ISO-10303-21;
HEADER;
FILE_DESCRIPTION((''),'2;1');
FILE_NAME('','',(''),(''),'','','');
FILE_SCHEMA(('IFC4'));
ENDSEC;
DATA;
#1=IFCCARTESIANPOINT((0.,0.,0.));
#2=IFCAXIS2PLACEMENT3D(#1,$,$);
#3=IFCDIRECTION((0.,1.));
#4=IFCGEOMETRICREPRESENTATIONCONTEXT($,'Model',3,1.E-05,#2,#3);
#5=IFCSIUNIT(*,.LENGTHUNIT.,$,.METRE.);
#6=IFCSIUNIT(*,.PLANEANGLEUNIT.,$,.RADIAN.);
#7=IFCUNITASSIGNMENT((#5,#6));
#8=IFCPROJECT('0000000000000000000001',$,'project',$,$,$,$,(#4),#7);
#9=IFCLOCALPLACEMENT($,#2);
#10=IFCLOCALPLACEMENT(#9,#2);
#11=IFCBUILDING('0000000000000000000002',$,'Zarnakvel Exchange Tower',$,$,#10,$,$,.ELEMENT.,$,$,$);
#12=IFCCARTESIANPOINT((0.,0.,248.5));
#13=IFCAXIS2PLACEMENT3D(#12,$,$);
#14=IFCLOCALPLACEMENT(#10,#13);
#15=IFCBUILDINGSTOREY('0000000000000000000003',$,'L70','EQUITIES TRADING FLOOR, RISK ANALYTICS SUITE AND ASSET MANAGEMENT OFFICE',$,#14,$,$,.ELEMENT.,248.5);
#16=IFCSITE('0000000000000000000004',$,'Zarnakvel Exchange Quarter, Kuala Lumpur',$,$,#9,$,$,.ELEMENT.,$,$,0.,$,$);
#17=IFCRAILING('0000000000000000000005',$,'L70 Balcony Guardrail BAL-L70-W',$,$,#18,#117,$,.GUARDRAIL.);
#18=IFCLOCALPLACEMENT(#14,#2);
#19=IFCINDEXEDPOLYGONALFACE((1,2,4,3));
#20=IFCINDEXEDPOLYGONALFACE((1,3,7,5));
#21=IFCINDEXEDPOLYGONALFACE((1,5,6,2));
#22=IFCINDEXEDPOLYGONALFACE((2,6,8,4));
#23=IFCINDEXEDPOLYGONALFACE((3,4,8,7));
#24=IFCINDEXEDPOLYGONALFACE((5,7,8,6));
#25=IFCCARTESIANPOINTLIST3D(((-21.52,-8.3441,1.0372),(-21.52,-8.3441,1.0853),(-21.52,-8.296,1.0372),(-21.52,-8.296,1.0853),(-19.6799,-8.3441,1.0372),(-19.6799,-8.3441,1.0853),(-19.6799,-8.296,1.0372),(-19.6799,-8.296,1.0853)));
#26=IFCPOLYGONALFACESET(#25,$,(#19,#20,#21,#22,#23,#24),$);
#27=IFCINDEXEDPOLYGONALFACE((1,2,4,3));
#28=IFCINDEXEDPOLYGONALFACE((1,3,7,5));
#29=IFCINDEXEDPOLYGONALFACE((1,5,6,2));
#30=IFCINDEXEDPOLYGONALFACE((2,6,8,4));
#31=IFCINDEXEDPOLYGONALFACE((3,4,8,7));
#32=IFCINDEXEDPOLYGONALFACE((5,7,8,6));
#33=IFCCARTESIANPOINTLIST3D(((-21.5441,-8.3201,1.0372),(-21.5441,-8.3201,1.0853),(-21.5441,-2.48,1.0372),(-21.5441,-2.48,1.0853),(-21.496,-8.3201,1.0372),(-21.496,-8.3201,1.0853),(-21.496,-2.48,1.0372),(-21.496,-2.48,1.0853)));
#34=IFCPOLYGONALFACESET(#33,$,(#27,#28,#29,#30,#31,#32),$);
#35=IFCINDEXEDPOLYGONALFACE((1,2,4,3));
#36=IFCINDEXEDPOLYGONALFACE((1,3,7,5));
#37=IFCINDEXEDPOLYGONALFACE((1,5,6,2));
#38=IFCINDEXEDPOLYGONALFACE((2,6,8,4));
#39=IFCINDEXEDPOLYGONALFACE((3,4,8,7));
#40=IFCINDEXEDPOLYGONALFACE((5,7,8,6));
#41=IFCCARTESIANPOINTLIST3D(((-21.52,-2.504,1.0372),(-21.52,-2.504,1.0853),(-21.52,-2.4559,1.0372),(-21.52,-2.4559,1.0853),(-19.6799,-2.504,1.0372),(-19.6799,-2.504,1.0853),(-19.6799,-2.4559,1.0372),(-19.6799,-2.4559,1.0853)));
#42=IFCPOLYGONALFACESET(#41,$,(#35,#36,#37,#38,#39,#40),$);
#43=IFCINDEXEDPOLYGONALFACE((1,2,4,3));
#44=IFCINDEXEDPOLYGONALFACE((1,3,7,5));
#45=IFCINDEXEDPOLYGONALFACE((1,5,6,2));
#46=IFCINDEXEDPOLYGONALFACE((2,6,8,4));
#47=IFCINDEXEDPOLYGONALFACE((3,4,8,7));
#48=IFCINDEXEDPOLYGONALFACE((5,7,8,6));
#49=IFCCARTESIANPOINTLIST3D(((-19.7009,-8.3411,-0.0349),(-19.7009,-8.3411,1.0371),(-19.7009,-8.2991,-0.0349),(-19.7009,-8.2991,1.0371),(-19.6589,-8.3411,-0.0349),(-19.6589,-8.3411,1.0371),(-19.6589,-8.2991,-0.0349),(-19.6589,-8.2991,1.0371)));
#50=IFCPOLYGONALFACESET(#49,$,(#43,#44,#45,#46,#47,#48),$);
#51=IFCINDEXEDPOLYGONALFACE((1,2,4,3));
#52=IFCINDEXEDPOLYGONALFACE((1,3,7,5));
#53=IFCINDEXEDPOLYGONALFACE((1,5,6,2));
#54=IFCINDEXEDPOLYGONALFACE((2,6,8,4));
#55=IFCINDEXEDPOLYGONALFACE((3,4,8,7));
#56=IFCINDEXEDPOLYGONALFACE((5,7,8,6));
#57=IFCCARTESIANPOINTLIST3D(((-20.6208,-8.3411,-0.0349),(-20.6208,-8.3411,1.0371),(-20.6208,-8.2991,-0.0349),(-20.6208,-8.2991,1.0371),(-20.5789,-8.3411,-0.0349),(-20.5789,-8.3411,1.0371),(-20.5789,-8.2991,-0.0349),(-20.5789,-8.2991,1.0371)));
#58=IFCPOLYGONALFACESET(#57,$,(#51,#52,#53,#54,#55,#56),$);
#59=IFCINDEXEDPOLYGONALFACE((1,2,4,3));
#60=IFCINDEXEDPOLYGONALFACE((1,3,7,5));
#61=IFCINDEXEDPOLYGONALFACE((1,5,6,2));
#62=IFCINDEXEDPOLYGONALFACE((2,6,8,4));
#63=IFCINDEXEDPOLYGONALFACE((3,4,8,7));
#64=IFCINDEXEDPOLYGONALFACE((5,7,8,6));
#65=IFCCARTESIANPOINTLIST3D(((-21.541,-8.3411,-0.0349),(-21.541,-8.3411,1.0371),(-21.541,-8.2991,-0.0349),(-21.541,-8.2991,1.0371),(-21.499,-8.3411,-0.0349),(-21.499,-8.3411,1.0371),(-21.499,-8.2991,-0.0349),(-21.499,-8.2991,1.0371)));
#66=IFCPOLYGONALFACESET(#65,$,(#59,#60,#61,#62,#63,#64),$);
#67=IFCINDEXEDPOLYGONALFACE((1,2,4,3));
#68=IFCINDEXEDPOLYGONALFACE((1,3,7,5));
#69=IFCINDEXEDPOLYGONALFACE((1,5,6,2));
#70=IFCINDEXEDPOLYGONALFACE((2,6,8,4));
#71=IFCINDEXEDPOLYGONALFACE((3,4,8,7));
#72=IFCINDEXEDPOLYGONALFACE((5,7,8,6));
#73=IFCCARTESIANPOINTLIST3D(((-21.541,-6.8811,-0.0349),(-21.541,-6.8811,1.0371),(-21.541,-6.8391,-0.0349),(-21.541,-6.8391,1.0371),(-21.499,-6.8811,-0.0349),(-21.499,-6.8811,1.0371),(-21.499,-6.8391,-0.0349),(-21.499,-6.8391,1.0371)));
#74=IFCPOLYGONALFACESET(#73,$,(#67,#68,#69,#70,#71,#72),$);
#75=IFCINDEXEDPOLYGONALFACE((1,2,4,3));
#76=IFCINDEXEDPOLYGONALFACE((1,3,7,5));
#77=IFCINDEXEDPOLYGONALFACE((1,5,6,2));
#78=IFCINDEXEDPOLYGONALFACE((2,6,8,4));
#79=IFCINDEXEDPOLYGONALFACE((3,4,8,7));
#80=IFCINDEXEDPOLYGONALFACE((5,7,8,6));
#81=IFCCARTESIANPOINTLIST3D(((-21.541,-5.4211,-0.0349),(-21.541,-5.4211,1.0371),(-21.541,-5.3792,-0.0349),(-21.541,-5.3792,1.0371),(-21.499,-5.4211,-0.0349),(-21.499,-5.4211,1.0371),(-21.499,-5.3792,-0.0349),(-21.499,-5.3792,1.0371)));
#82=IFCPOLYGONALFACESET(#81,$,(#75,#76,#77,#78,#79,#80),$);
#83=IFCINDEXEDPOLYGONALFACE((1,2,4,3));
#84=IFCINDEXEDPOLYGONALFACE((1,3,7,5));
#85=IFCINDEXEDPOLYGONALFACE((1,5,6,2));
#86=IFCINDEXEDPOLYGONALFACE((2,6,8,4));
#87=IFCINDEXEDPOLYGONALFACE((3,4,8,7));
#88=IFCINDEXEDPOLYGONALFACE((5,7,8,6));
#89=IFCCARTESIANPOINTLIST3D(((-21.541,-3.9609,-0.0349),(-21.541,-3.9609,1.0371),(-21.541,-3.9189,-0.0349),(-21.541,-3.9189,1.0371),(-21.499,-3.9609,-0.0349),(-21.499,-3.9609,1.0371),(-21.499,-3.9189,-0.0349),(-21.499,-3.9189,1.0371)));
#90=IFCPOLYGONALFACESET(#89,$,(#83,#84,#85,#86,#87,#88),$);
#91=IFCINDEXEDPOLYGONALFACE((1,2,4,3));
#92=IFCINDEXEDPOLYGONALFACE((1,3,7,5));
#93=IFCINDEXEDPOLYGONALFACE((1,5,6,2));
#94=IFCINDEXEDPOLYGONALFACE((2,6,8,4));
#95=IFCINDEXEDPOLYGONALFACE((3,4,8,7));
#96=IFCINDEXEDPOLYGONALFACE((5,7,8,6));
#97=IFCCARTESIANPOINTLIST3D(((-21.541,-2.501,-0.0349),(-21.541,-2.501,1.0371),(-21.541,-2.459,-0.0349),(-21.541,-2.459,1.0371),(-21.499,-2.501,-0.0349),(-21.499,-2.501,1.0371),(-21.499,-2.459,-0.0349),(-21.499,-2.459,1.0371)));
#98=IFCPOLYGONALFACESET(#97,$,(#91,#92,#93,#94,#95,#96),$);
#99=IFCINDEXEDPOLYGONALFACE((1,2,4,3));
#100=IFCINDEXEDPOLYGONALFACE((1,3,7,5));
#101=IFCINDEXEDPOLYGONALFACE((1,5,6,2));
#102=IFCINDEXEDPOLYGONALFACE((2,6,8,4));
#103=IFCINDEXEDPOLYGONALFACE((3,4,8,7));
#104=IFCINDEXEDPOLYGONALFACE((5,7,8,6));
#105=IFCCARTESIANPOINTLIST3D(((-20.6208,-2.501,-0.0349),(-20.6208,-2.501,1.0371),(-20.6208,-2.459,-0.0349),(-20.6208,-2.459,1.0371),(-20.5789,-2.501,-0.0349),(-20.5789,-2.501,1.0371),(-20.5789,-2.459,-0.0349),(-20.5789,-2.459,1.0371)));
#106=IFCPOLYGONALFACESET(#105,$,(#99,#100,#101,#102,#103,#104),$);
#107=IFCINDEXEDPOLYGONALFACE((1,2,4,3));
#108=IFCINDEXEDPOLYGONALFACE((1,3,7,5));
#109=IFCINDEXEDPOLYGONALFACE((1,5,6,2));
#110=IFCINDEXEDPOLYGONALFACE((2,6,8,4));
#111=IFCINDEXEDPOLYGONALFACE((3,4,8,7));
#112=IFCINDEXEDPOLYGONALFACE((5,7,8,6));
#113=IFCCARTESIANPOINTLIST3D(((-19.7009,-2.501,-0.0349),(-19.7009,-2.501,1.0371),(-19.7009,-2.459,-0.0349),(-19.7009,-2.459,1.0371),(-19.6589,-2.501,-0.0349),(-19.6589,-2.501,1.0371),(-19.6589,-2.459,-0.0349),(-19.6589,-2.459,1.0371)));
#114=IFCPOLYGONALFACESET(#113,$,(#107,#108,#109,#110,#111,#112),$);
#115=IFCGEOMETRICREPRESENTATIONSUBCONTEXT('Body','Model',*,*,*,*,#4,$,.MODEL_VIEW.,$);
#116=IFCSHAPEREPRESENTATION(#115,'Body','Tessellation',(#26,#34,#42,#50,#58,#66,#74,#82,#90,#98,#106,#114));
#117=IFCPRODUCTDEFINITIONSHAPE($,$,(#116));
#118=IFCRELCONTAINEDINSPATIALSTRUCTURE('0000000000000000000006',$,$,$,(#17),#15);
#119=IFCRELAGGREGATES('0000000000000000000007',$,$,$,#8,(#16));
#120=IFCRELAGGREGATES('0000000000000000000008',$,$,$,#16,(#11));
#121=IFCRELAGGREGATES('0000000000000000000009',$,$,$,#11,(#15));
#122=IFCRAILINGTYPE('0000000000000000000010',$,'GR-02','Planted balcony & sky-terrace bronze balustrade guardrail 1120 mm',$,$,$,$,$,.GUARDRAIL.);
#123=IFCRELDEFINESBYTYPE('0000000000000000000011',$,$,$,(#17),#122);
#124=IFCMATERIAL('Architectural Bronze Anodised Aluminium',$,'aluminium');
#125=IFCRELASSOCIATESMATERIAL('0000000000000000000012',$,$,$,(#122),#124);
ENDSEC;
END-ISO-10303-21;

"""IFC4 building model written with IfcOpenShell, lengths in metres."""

from ifc_helpers import new_model, si_unit, direction, frame, origin, origin_2d, place, context, subcontext, project, spatial, rectangle, extrude, material, type_object, element, save


model = new_model("IFC4")

# Units and contexts
model_context = context("Model", 3, precision=1e-05, world=origin(), true_north=direction((0.0, 1.0)))
body_context = subcontext(model_context, "Body", "Model", "MODEL_VIEW")
ifc_project = project(units=[si_unit("LENGTHUNIT", "METRE"), si_unit("PLANEANGLEUNIT", "RADIAN")], contexts=[model_context])

# Site, building, storey
site_placement = place(None, origin())
site = spatial("IfcSite", under=ifc_project, at=site_placement, Name="Zarnakvel Exchange Quarter, Kuala Lumpur", CompositionType="ELEMENT", RefElevation=0.0)
building_placement = place(site_placement, origin())
building = spatial("IfcBuilding", under=site, at=building_placement, Name="Zarnakvel Exchange Tower", CompositionType="ELEMENT")
storey_placement = place(building_placement, frame((0.0, 0.0, 248.5)))
storey = spatial("IfcBuildingStorey", under=building, at=storey_placement, Name="L70", Description="EQUITIES TRADING FLOOR, RISK ANALYTICS SUITE AND ASSET MANAGEMENT OFFICE", CompositionType="ELEMENT", Elevation=248.5)

# Railing
ifc_material_1 = material(Name="Architectural Bronze Anodised Aluminium", Category="aluminium")
railing_type = type_object("IfcRailingType", Name="GR-02", Description="Planted balcony & sky-terrace bronze balustrade guardrail 1120 mm", PredefinedType="GUARDRAIL", material=ifc_material_1)
railing_1_placement = place(storey_placement, frame((-19.6799, -8.3201, -0.0349)))
element("IfcRailing", 1, at=railing_1_placement, inside=storey, type_object=railing_type, Name="L70 Balcony Guardrail BAL-L70-W", PredefinedType="GUARDRAIL", context=body_context, shape_type="SweptSolid", body=[
    extrude(rectangle(XDim=0.0481, YDim=0.0481, at=origin_2d()), frame((0.0, 0.0, 1.0962), z_axis=(-1.0, 0.0, 0.0), x_axis=(0.0, -1.0, 0.0)), (0.0, 0.0, 1.0), 1.8401),
    extrude(rectangle(XDim=0.0481, YDim=0.0481, at=origin_2d()), frame((-1.8401, 0.0, 1.0962), z_axis=(0.0, 1.0, 0.0), x_axis=(-1.0, 0.0, 0.0)), (0.0, 0.0, 1.0), 5.8401),
    extrude(rectangle(XDim=0.0481, YDim=0.0481, at=origin_2d()), frame((-1.8401, 5.8401, 1.0962), z_axis=(1.0, 0.0, 0.0), x_axis=(0.0, 1.0, 0.0)), (0.0, 0.0, 1.0), 1.8401),
    extrude(rectangle(XDim=0.042, YDim=0.042, at=origin_2d()), origin(), (0.0, 0.0, 1.0), 1.072),
    extrude(rectangle(XDim=0.042, YDim=0.042, at=origin_2d()), frame((-0.9199, 0.0, 0.0)), (0.0, 0.0, 1.0), 1.072),
    extrude(rectangle(XDim=0.042, YDim=0.042, at=origin_2d()), frame((-1.8401, 0.0, 0.0)), (0.0, 0.0, 1.0), 1.072),
    extrude(rectangle(XDim=0.042, YDim=0.042, at=origin_2d()), frame((-1.8401, 1.46, 0.0)), (0.0, 0.0, 1.0), 1.072),
    extrude(rectangle(XDim=0.042, YDim=0.042, at=origin_2d()), frame((-1.8401, 2.9199, 0.0)), (0.0, 0.0, 1.0), 1.072),
    extrude(rectangle(XDim=0.042, YDim=0.042, at=origin_2d()), frame((-1.8401, 4.3801, 0.0)), (0.0, 0.0, 1.0), 1.072),
    extrude(rectangle(XDim=0.042, YDim=0.042, at=origin_2d()), frame((-1.8401, 5.8401, 0.0)), (0.0, 0.0, 1.0), 1.072),
    extrude(rectangle(XDim=0.042, YDim=0.042, at=origin_2d()), frame((-0.9199, 5.8401, 0.0)), (0.0, 0.0, 1.0), 1.072),
    extrude(rectangle(XDim=0.042, YDim=0.042, at=origin_2d()), frame((0.0, 5.8401, 0.0)), (0.0, 0.0, 1.0), 1.072),
])

save(model, "model.ifc")
